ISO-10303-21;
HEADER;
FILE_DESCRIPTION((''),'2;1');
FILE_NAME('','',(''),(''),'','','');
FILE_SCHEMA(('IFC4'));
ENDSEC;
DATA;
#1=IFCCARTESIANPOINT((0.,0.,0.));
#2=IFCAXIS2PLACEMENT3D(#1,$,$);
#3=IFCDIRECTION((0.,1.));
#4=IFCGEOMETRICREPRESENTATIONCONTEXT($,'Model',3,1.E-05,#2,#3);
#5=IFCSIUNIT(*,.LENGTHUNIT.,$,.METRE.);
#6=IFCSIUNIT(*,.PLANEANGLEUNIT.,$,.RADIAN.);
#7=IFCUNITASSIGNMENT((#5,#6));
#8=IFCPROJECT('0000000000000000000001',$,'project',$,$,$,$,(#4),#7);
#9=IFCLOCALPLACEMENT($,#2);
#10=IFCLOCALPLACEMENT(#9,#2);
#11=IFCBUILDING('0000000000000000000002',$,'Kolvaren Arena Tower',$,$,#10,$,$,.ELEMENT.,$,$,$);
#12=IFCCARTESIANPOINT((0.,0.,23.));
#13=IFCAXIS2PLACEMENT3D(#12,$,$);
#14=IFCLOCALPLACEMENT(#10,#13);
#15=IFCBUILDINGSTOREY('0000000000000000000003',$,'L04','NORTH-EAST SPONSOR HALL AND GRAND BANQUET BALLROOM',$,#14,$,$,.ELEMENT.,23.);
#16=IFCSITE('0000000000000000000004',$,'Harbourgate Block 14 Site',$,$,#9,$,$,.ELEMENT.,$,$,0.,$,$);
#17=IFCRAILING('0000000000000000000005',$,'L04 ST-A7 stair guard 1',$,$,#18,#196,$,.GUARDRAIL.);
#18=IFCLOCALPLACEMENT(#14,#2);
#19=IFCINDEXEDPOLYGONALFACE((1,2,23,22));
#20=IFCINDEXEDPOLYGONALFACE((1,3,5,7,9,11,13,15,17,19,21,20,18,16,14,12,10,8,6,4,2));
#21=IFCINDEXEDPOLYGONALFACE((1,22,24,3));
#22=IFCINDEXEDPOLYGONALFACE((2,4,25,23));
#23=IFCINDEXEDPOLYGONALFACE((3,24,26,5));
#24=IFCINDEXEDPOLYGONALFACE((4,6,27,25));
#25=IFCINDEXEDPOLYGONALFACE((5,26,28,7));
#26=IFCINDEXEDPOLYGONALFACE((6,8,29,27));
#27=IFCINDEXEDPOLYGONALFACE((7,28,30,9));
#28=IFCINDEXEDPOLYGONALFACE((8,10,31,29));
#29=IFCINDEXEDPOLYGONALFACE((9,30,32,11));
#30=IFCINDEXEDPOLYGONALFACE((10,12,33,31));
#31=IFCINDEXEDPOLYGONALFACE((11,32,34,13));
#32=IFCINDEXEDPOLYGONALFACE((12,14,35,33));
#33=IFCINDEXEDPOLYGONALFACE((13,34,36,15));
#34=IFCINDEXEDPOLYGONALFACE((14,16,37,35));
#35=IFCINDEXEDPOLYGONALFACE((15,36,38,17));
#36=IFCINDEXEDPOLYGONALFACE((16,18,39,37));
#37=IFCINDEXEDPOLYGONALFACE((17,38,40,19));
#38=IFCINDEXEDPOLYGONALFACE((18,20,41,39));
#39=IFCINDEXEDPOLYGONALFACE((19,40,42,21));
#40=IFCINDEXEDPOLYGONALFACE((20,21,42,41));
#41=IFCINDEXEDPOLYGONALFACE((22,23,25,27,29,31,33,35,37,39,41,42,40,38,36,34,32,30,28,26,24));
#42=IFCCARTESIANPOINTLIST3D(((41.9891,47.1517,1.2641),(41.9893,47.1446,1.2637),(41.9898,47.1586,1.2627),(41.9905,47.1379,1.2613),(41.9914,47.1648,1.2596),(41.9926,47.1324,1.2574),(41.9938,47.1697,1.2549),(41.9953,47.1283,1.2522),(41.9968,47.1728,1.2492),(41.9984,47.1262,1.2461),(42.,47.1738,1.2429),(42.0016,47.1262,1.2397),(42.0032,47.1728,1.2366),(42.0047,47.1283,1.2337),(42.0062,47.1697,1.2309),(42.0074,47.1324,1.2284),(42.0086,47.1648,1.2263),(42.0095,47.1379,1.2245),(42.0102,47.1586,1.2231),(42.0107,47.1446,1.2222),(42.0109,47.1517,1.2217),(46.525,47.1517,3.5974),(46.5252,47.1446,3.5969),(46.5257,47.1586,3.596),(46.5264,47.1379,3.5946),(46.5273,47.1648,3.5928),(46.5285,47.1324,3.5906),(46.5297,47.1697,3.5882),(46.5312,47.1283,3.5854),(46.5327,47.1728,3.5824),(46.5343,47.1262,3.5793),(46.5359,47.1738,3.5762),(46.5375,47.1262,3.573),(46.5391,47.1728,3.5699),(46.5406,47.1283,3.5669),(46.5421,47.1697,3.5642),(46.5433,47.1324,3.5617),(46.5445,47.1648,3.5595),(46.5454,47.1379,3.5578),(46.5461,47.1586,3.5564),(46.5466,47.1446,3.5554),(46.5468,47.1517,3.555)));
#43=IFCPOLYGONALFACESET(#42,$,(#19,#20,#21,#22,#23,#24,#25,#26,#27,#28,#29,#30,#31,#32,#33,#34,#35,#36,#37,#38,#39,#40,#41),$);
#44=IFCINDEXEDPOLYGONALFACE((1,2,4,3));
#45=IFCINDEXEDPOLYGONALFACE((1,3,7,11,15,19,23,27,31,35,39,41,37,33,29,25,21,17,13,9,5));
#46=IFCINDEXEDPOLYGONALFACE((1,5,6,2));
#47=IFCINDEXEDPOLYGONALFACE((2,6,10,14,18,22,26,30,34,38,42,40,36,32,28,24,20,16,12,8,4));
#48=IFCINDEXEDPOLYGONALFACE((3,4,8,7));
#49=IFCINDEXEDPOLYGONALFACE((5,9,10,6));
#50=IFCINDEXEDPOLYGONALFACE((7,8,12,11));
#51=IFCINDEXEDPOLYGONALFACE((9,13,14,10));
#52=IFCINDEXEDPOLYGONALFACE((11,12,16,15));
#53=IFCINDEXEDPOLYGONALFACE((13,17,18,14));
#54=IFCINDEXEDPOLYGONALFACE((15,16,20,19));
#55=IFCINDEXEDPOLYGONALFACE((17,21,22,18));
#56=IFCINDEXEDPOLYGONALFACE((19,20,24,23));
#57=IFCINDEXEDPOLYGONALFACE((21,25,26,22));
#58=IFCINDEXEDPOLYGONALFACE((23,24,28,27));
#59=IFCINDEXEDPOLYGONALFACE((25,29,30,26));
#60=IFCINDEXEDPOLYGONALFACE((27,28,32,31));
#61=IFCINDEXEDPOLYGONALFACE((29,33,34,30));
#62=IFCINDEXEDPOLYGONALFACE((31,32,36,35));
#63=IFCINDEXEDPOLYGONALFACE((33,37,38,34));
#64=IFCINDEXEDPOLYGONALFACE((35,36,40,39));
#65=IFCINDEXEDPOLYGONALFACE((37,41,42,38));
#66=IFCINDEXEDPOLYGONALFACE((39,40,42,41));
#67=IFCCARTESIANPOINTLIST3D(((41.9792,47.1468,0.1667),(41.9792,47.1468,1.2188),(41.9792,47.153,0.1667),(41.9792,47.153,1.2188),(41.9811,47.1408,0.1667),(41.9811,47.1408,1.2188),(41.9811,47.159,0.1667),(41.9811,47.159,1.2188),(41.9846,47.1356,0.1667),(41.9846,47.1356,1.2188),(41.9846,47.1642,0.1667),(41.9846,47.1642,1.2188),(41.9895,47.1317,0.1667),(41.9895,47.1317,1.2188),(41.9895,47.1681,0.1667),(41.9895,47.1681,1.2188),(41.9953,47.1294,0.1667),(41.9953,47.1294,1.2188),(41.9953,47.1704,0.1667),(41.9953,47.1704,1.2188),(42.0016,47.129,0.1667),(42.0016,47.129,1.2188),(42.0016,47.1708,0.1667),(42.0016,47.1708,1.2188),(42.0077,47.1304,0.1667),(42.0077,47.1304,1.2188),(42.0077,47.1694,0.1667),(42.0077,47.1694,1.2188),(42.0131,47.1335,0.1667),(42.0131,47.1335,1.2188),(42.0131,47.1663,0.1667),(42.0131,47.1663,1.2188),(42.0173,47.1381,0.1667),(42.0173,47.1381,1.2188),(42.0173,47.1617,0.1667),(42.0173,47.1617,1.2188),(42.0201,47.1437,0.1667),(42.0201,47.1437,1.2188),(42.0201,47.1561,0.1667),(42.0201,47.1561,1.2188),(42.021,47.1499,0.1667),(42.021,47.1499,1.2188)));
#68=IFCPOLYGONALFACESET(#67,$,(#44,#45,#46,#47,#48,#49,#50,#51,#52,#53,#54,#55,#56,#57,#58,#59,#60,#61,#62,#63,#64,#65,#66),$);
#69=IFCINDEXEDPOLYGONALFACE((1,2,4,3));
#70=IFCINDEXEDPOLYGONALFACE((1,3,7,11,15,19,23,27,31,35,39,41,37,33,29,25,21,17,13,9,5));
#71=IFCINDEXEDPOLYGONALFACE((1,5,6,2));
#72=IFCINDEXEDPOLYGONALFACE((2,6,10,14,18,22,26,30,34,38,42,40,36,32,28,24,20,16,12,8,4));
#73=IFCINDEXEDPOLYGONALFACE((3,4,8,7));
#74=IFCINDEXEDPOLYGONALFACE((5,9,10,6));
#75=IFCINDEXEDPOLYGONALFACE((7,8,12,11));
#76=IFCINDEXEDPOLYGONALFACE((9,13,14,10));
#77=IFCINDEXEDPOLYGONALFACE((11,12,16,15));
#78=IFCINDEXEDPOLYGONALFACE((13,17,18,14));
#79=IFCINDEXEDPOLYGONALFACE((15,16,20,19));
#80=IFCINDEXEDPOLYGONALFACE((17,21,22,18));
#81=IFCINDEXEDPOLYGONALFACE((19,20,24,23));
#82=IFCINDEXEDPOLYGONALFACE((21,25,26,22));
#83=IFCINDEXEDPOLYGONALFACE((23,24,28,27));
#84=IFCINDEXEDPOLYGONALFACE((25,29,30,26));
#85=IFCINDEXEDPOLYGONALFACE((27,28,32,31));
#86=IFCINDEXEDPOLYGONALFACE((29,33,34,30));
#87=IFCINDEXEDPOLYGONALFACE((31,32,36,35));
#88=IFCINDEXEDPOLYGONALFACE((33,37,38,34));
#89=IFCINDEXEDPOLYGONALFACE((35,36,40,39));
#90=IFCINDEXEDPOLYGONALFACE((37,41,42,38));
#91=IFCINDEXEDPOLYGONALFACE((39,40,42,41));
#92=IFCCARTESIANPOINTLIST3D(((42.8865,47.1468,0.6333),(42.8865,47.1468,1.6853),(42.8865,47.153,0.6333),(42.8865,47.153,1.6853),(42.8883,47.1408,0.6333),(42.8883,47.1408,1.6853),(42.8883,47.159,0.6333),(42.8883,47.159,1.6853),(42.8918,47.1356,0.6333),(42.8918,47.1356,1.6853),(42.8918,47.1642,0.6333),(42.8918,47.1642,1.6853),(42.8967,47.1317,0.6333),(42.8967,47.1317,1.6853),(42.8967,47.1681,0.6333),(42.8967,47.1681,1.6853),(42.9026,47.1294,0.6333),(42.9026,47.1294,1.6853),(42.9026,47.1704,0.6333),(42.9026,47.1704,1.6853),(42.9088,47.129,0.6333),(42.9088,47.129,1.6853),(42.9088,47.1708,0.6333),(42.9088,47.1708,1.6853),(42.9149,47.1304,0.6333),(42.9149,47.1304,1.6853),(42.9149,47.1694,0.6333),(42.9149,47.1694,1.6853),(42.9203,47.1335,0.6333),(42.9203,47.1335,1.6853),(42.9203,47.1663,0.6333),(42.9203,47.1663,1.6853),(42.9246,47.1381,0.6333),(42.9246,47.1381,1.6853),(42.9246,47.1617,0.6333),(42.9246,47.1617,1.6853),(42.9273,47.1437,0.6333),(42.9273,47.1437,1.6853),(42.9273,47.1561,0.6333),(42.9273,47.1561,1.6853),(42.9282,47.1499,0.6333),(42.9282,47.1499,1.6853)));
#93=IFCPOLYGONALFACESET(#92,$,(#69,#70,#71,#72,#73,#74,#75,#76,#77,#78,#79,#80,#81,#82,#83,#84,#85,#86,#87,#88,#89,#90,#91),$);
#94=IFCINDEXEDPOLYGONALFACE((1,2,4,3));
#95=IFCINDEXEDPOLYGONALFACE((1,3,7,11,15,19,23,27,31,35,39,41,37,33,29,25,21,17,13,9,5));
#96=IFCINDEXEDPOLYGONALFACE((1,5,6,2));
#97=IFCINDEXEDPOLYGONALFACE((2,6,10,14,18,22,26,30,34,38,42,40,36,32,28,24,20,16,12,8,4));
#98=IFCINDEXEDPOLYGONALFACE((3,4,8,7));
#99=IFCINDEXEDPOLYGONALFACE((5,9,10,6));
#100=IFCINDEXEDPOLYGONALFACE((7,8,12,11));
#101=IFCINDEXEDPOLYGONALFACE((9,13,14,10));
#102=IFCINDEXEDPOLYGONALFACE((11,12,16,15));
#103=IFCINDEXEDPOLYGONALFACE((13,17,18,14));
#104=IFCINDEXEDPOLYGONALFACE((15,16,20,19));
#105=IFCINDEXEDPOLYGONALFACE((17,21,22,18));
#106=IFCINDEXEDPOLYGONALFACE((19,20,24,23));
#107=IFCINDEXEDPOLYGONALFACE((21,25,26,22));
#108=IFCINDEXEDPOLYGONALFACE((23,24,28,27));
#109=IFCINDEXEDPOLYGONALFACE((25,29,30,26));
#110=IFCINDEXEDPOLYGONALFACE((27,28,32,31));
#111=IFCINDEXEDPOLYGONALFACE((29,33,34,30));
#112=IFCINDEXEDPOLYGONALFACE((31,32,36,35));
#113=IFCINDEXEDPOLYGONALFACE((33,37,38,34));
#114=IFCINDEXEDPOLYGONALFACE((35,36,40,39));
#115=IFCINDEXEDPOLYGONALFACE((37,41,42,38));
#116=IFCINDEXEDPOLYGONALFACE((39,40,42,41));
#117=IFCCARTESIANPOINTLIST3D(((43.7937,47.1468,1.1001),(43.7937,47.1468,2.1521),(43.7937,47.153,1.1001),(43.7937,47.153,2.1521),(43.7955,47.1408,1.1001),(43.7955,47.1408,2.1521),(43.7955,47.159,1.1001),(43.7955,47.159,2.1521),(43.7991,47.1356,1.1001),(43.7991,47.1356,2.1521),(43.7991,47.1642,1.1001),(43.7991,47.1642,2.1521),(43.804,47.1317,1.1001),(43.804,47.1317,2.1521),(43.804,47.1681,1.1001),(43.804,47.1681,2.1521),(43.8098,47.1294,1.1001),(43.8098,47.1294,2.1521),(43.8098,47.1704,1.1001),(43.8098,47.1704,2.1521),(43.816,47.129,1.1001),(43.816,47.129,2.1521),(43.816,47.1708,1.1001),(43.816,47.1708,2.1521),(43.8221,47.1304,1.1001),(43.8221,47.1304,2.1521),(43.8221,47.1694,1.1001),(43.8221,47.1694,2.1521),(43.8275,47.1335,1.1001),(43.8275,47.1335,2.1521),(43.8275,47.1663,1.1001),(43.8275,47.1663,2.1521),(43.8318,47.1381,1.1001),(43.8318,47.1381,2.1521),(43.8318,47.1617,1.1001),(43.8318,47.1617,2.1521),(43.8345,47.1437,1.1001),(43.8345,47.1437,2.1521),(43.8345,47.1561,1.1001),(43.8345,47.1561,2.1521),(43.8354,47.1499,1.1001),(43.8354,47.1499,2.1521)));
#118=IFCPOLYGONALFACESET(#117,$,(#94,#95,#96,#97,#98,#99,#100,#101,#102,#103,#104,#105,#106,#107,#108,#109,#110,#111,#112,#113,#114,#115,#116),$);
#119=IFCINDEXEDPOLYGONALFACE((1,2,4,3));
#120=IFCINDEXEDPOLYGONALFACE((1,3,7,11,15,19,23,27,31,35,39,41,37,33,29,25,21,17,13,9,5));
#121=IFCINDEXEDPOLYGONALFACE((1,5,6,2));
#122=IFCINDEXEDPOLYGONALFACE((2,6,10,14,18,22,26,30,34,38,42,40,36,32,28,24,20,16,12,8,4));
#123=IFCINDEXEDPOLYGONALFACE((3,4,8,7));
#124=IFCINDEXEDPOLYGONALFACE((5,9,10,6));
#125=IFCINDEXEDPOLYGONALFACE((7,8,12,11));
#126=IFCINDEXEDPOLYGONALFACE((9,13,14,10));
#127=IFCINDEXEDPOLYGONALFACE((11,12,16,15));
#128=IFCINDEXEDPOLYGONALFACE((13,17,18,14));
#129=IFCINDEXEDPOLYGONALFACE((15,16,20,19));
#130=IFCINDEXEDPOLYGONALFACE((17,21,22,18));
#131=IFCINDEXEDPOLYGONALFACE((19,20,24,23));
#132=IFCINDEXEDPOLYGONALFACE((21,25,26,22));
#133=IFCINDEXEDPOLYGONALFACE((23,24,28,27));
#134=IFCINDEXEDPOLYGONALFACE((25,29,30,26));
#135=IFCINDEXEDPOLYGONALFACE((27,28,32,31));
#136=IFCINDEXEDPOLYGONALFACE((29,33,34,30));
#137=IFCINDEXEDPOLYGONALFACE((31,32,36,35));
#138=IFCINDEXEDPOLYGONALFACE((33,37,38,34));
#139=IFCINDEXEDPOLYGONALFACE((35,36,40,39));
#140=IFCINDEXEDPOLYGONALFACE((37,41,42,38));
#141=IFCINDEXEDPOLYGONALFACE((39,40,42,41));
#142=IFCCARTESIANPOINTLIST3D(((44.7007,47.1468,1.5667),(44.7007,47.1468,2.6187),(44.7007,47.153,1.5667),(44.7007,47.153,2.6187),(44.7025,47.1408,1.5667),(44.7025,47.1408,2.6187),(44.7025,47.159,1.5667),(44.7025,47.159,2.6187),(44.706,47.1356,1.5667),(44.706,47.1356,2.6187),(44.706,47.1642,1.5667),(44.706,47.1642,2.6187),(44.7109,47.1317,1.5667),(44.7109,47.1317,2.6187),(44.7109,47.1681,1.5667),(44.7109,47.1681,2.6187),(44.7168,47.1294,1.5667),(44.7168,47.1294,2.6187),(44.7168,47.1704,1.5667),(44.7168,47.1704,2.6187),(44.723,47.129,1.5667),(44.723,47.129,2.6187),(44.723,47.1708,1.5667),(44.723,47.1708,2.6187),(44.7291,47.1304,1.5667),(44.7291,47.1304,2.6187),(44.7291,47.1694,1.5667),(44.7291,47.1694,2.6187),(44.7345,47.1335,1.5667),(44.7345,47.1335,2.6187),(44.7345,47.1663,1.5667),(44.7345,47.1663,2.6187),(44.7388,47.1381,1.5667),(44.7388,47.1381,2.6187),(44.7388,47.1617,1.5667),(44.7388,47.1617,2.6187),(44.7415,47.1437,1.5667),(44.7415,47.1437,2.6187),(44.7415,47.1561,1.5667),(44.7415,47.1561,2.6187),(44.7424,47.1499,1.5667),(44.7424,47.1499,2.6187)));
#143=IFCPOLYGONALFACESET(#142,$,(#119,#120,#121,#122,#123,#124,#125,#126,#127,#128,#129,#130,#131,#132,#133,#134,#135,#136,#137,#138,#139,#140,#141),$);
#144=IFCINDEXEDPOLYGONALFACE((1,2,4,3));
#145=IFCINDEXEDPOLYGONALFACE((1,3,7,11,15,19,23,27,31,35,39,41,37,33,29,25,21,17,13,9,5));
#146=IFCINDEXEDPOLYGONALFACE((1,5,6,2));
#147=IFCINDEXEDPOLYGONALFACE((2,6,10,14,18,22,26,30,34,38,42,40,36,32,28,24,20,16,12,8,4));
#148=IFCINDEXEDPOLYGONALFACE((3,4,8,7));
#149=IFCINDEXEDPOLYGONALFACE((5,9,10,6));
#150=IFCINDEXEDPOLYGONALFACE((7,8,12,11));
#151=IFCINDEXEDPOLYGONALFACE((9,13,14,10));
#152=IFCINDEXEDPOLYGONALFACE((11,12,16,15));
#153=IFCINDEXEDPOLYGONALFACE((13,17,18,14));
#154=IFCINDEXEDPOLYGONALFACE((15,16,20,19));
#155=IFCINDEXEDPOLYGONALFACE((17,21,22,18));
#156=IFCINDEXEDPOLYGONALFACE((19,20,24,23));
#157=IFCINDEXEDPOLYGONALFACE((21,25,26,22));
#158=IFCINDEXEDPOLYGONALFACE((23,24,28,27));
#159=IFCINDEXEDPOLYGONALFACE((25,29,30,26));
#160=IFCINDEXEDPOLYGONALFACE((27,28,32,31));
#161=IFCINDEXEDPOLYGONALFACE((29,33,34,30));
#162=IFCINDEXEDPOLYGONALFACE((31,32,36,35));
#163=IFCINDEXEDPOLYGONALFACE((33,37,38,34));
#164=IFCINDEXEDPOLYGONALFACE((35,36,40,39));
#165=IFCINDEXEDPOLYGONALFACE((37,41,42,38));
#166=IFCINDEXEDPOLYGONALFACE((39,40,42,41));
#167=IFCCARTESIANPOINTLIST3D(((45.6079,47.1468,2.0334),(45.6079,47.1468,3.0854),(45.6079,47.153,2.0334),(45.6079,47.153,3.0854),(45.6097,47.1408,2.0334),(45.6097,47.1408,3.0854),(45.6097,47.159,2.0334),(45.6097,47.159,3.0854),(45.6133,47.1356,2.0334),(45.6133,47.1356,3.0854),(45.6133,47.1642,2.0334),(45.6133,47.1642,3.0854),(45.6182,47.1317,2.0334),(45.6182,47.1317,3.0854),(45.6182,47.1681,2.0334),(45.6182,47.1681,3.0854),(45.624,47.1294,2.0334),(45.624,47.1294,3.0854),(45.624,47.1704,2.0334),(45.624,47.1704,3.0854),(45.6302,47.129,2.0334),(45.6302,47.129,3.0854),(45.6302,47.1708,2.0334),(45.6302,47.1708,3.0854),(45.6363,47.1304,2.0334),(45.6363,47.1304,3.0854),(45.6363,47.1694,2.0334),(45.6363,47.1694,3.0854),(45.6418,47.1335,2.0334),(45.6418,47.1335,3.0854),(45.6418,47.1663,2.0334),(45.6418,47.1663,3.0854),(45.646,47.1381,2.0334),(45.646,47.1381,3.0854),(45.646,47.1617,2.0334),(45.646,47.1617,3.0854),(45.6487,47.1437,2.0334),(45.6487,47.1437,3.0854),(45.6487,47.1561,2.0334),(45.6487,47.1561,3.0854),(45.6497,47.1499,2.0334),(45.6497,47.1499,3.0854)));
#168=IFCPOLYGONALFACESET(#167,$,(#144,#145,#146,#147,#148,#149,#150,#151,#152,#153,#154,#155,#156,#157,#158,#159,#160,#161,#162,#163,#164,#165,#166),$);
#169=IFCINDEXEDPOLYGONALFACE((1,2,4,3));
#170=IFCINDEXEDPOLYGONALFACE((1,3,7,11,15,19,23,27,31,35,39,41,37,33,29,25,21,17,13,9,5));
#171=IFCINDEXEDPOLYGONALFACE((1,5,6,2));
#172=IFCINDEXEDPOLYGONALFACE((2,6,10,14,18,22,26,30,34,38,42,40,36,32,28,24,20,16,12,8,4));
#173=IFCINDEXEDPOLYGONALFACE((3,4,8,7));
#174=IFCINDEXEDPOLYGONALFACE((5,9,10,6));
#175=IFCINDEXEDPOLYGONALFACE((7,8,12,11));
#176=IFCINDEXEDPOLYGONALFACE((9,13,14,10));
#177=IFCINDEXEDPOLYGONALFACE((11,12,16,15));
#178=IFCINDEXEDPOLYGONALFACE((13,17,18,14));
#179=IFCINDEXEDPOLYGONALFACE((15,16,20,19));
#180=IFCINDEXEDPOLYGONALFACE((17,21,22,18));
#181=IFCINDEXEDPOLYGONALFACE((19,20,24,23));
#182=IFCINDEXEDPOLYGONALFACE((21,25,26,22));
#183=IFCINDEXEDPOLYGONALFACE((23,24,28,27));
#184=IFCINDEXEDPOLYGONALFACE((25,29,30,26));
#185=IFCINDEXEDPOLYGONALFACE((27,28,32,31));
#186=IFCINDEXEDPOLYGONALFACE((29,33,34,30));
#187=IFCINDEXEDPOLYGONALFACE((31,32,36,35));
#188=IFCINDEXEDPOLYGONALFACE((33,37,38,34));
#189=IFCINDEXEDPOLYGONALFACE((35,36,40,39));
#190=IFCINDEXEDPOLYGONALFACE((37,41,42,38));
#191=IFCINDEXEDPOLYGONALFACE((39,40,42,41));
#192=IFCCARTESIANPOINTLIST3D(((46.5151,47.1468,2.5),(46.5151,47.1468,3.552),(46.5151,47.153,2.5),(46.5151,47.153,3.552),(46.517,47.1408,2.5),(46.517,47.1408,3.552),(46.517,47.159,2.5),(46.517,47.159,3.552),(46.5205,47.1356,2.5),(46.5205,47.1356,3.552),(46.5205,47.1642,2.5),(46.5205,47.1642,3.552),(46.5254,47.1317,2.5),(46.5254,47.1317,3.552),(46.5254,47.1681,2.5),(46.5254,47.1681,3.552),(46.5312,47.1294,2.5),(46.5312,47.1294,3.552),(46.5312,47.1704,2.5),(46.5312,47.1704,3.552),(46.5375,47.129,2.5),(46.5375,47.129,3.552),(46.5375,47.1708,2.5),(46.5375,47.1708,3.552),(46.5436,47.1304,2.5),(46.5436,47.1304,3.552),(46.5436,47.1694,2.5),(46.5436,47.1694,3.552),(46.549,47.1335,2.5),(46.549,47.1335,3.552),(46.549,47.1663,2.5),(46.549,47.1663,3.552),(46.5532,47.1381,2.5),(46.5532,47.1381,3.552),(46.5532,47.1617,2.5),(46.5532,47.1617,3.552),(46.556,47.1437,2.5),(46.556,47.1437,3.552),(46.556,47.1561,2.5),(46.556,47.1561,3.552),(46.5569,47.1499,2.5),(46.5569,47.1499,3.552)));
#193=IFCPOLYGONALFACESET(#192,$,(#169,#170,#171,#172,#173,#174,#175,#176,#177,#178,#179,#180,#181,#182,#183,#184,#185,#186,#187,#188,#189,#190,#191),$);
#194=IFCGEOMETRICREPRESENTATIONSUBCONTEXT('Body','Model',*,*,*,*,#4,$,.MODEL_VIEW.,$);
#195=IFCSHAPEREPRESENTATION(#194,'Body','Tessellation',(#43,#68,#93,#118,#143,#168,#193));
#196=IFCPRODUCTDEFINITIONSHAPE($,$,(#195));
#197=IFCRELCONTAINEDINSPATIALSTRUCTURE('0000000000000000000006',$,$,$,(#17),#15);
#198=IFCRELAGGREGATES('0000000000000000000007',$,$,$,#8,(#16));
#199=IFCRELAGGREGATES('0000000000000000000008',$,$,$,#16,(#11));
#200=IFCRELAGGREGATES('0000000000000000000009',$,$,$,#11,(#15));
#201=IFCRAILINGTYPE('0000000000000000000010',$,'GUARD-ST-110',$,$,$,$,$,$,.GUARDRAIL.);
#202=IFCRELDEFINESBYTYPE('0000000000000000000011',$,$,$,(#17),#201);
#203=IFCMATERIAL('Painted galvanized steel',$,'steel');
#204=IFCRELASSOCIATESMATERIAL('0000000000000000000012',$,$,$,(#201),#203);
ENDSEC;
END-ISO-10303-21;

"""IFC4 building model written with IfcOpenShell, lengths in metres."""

from ifc_helpers import new_model, si_unit, direction, frame, origin, origin_2d, place, context, subcontext, project, spatial, circle, extrude, material, type_object, element, save


model = new_model("IFC4")

# Units and contexts
model_context = context("Model", 3, precision=1e-05, world=origin(), true_north=direction((0.0, 1.0)))
body_context = subcontext(model_context, "Body", "Model", "MODEL_VIEW")
ifc_project = project(units=[si_unit("LENGTHUNIT", "METRE"), si_unit("PLANEANGLEUNIT", "RADIAN")], contexts=[model_context])

# Site, building, storey
site_placement = place(None, origin())
site = spatial("IfcSite", under=ifc_project, at=site_placement, Name="Harbourgate Block 14 Site", CompositionType="ELEMENT", RefElevation=0.0)
building_placement = place(site_placement, origin())
building = spatial("IfcBuilding", under=site, at=building_placement, Name="Kolvaren Arena Tower", CompositionType="ELEMENT")
storey_placement = place(building_placement, frame((0.0, 0.0, 23.0)))
storey = spatial("IfcBuildingStorey", under=building, at=storey_placement, Name="L04", Description="NORTH-EAST SPONSOR HALL AND GRAND BANQUET BALLROOM", CompositionType="ELEMENT", Elevation=23.0)

# Railing
ifc_material_1 = material(Name="Painted galvanized steel", Category="steel")
railing_type_1 = type_object("IfcRailingType", Name="GUARD-ST-110", PredefinedType="GUARDRAIL", material=ifc_material_1)
railing_1_placement = place(storey_placement, frame((42.0, 47.1499, 0.1667)))
element("IfcRailing", 1, at=railing_1_placement, inside=storey, type_object=railing_type_1, Name="L04 ST-A7 stair guard 1", PredefinedType="GUARDRAIL", context=body_context, shape_type="SweptSolid", body=[
    extrude(circle(Radius=0.0239, at=origin_2d()), frame((0.0, 0.0, 1.0762), z_axis=(0.889247, 0.0, 0.457427), x_axis=(0.0, 1.0, 0.0)), (0.0, 0.0, 1.0), 5.1008),
    extrude(circle(Radius=0.021, at=origin_2d()), origin(), (0.0, 0.0, 1.0), 1.052),
    extrude(circle(Radius=0.021, at=origin_2d()), frame((0.9072, 0.0, 0.4666)), (0.0, 0.0, 1.0), 1.052),
    extrude(circle(Radius=0.021, at=origin_2d()), frame((1.8145, 0.0, 0.9333)), (0.0, 0.0, 1.0), 1.052),
    extrude(circle(Radius=0.021, at=origin_2d()), frame((2.7214, 0.0, 1.3999)), (0.0, 0.0, 1.0), 1.052),
    extrude(circle(Radius=0.021, at=origin_2d()), frame((3.6287, 0.0, 1.8667)), (0.0, 0.0, 1.0), 1.052),
    extrude(circle(Radius=0.021, at=origin_2d()), frame((4.5359, 0.0, 2.3333)), (0.0, 0.0, 1.0), 1.052),
])

save(model, "model.ifc")
